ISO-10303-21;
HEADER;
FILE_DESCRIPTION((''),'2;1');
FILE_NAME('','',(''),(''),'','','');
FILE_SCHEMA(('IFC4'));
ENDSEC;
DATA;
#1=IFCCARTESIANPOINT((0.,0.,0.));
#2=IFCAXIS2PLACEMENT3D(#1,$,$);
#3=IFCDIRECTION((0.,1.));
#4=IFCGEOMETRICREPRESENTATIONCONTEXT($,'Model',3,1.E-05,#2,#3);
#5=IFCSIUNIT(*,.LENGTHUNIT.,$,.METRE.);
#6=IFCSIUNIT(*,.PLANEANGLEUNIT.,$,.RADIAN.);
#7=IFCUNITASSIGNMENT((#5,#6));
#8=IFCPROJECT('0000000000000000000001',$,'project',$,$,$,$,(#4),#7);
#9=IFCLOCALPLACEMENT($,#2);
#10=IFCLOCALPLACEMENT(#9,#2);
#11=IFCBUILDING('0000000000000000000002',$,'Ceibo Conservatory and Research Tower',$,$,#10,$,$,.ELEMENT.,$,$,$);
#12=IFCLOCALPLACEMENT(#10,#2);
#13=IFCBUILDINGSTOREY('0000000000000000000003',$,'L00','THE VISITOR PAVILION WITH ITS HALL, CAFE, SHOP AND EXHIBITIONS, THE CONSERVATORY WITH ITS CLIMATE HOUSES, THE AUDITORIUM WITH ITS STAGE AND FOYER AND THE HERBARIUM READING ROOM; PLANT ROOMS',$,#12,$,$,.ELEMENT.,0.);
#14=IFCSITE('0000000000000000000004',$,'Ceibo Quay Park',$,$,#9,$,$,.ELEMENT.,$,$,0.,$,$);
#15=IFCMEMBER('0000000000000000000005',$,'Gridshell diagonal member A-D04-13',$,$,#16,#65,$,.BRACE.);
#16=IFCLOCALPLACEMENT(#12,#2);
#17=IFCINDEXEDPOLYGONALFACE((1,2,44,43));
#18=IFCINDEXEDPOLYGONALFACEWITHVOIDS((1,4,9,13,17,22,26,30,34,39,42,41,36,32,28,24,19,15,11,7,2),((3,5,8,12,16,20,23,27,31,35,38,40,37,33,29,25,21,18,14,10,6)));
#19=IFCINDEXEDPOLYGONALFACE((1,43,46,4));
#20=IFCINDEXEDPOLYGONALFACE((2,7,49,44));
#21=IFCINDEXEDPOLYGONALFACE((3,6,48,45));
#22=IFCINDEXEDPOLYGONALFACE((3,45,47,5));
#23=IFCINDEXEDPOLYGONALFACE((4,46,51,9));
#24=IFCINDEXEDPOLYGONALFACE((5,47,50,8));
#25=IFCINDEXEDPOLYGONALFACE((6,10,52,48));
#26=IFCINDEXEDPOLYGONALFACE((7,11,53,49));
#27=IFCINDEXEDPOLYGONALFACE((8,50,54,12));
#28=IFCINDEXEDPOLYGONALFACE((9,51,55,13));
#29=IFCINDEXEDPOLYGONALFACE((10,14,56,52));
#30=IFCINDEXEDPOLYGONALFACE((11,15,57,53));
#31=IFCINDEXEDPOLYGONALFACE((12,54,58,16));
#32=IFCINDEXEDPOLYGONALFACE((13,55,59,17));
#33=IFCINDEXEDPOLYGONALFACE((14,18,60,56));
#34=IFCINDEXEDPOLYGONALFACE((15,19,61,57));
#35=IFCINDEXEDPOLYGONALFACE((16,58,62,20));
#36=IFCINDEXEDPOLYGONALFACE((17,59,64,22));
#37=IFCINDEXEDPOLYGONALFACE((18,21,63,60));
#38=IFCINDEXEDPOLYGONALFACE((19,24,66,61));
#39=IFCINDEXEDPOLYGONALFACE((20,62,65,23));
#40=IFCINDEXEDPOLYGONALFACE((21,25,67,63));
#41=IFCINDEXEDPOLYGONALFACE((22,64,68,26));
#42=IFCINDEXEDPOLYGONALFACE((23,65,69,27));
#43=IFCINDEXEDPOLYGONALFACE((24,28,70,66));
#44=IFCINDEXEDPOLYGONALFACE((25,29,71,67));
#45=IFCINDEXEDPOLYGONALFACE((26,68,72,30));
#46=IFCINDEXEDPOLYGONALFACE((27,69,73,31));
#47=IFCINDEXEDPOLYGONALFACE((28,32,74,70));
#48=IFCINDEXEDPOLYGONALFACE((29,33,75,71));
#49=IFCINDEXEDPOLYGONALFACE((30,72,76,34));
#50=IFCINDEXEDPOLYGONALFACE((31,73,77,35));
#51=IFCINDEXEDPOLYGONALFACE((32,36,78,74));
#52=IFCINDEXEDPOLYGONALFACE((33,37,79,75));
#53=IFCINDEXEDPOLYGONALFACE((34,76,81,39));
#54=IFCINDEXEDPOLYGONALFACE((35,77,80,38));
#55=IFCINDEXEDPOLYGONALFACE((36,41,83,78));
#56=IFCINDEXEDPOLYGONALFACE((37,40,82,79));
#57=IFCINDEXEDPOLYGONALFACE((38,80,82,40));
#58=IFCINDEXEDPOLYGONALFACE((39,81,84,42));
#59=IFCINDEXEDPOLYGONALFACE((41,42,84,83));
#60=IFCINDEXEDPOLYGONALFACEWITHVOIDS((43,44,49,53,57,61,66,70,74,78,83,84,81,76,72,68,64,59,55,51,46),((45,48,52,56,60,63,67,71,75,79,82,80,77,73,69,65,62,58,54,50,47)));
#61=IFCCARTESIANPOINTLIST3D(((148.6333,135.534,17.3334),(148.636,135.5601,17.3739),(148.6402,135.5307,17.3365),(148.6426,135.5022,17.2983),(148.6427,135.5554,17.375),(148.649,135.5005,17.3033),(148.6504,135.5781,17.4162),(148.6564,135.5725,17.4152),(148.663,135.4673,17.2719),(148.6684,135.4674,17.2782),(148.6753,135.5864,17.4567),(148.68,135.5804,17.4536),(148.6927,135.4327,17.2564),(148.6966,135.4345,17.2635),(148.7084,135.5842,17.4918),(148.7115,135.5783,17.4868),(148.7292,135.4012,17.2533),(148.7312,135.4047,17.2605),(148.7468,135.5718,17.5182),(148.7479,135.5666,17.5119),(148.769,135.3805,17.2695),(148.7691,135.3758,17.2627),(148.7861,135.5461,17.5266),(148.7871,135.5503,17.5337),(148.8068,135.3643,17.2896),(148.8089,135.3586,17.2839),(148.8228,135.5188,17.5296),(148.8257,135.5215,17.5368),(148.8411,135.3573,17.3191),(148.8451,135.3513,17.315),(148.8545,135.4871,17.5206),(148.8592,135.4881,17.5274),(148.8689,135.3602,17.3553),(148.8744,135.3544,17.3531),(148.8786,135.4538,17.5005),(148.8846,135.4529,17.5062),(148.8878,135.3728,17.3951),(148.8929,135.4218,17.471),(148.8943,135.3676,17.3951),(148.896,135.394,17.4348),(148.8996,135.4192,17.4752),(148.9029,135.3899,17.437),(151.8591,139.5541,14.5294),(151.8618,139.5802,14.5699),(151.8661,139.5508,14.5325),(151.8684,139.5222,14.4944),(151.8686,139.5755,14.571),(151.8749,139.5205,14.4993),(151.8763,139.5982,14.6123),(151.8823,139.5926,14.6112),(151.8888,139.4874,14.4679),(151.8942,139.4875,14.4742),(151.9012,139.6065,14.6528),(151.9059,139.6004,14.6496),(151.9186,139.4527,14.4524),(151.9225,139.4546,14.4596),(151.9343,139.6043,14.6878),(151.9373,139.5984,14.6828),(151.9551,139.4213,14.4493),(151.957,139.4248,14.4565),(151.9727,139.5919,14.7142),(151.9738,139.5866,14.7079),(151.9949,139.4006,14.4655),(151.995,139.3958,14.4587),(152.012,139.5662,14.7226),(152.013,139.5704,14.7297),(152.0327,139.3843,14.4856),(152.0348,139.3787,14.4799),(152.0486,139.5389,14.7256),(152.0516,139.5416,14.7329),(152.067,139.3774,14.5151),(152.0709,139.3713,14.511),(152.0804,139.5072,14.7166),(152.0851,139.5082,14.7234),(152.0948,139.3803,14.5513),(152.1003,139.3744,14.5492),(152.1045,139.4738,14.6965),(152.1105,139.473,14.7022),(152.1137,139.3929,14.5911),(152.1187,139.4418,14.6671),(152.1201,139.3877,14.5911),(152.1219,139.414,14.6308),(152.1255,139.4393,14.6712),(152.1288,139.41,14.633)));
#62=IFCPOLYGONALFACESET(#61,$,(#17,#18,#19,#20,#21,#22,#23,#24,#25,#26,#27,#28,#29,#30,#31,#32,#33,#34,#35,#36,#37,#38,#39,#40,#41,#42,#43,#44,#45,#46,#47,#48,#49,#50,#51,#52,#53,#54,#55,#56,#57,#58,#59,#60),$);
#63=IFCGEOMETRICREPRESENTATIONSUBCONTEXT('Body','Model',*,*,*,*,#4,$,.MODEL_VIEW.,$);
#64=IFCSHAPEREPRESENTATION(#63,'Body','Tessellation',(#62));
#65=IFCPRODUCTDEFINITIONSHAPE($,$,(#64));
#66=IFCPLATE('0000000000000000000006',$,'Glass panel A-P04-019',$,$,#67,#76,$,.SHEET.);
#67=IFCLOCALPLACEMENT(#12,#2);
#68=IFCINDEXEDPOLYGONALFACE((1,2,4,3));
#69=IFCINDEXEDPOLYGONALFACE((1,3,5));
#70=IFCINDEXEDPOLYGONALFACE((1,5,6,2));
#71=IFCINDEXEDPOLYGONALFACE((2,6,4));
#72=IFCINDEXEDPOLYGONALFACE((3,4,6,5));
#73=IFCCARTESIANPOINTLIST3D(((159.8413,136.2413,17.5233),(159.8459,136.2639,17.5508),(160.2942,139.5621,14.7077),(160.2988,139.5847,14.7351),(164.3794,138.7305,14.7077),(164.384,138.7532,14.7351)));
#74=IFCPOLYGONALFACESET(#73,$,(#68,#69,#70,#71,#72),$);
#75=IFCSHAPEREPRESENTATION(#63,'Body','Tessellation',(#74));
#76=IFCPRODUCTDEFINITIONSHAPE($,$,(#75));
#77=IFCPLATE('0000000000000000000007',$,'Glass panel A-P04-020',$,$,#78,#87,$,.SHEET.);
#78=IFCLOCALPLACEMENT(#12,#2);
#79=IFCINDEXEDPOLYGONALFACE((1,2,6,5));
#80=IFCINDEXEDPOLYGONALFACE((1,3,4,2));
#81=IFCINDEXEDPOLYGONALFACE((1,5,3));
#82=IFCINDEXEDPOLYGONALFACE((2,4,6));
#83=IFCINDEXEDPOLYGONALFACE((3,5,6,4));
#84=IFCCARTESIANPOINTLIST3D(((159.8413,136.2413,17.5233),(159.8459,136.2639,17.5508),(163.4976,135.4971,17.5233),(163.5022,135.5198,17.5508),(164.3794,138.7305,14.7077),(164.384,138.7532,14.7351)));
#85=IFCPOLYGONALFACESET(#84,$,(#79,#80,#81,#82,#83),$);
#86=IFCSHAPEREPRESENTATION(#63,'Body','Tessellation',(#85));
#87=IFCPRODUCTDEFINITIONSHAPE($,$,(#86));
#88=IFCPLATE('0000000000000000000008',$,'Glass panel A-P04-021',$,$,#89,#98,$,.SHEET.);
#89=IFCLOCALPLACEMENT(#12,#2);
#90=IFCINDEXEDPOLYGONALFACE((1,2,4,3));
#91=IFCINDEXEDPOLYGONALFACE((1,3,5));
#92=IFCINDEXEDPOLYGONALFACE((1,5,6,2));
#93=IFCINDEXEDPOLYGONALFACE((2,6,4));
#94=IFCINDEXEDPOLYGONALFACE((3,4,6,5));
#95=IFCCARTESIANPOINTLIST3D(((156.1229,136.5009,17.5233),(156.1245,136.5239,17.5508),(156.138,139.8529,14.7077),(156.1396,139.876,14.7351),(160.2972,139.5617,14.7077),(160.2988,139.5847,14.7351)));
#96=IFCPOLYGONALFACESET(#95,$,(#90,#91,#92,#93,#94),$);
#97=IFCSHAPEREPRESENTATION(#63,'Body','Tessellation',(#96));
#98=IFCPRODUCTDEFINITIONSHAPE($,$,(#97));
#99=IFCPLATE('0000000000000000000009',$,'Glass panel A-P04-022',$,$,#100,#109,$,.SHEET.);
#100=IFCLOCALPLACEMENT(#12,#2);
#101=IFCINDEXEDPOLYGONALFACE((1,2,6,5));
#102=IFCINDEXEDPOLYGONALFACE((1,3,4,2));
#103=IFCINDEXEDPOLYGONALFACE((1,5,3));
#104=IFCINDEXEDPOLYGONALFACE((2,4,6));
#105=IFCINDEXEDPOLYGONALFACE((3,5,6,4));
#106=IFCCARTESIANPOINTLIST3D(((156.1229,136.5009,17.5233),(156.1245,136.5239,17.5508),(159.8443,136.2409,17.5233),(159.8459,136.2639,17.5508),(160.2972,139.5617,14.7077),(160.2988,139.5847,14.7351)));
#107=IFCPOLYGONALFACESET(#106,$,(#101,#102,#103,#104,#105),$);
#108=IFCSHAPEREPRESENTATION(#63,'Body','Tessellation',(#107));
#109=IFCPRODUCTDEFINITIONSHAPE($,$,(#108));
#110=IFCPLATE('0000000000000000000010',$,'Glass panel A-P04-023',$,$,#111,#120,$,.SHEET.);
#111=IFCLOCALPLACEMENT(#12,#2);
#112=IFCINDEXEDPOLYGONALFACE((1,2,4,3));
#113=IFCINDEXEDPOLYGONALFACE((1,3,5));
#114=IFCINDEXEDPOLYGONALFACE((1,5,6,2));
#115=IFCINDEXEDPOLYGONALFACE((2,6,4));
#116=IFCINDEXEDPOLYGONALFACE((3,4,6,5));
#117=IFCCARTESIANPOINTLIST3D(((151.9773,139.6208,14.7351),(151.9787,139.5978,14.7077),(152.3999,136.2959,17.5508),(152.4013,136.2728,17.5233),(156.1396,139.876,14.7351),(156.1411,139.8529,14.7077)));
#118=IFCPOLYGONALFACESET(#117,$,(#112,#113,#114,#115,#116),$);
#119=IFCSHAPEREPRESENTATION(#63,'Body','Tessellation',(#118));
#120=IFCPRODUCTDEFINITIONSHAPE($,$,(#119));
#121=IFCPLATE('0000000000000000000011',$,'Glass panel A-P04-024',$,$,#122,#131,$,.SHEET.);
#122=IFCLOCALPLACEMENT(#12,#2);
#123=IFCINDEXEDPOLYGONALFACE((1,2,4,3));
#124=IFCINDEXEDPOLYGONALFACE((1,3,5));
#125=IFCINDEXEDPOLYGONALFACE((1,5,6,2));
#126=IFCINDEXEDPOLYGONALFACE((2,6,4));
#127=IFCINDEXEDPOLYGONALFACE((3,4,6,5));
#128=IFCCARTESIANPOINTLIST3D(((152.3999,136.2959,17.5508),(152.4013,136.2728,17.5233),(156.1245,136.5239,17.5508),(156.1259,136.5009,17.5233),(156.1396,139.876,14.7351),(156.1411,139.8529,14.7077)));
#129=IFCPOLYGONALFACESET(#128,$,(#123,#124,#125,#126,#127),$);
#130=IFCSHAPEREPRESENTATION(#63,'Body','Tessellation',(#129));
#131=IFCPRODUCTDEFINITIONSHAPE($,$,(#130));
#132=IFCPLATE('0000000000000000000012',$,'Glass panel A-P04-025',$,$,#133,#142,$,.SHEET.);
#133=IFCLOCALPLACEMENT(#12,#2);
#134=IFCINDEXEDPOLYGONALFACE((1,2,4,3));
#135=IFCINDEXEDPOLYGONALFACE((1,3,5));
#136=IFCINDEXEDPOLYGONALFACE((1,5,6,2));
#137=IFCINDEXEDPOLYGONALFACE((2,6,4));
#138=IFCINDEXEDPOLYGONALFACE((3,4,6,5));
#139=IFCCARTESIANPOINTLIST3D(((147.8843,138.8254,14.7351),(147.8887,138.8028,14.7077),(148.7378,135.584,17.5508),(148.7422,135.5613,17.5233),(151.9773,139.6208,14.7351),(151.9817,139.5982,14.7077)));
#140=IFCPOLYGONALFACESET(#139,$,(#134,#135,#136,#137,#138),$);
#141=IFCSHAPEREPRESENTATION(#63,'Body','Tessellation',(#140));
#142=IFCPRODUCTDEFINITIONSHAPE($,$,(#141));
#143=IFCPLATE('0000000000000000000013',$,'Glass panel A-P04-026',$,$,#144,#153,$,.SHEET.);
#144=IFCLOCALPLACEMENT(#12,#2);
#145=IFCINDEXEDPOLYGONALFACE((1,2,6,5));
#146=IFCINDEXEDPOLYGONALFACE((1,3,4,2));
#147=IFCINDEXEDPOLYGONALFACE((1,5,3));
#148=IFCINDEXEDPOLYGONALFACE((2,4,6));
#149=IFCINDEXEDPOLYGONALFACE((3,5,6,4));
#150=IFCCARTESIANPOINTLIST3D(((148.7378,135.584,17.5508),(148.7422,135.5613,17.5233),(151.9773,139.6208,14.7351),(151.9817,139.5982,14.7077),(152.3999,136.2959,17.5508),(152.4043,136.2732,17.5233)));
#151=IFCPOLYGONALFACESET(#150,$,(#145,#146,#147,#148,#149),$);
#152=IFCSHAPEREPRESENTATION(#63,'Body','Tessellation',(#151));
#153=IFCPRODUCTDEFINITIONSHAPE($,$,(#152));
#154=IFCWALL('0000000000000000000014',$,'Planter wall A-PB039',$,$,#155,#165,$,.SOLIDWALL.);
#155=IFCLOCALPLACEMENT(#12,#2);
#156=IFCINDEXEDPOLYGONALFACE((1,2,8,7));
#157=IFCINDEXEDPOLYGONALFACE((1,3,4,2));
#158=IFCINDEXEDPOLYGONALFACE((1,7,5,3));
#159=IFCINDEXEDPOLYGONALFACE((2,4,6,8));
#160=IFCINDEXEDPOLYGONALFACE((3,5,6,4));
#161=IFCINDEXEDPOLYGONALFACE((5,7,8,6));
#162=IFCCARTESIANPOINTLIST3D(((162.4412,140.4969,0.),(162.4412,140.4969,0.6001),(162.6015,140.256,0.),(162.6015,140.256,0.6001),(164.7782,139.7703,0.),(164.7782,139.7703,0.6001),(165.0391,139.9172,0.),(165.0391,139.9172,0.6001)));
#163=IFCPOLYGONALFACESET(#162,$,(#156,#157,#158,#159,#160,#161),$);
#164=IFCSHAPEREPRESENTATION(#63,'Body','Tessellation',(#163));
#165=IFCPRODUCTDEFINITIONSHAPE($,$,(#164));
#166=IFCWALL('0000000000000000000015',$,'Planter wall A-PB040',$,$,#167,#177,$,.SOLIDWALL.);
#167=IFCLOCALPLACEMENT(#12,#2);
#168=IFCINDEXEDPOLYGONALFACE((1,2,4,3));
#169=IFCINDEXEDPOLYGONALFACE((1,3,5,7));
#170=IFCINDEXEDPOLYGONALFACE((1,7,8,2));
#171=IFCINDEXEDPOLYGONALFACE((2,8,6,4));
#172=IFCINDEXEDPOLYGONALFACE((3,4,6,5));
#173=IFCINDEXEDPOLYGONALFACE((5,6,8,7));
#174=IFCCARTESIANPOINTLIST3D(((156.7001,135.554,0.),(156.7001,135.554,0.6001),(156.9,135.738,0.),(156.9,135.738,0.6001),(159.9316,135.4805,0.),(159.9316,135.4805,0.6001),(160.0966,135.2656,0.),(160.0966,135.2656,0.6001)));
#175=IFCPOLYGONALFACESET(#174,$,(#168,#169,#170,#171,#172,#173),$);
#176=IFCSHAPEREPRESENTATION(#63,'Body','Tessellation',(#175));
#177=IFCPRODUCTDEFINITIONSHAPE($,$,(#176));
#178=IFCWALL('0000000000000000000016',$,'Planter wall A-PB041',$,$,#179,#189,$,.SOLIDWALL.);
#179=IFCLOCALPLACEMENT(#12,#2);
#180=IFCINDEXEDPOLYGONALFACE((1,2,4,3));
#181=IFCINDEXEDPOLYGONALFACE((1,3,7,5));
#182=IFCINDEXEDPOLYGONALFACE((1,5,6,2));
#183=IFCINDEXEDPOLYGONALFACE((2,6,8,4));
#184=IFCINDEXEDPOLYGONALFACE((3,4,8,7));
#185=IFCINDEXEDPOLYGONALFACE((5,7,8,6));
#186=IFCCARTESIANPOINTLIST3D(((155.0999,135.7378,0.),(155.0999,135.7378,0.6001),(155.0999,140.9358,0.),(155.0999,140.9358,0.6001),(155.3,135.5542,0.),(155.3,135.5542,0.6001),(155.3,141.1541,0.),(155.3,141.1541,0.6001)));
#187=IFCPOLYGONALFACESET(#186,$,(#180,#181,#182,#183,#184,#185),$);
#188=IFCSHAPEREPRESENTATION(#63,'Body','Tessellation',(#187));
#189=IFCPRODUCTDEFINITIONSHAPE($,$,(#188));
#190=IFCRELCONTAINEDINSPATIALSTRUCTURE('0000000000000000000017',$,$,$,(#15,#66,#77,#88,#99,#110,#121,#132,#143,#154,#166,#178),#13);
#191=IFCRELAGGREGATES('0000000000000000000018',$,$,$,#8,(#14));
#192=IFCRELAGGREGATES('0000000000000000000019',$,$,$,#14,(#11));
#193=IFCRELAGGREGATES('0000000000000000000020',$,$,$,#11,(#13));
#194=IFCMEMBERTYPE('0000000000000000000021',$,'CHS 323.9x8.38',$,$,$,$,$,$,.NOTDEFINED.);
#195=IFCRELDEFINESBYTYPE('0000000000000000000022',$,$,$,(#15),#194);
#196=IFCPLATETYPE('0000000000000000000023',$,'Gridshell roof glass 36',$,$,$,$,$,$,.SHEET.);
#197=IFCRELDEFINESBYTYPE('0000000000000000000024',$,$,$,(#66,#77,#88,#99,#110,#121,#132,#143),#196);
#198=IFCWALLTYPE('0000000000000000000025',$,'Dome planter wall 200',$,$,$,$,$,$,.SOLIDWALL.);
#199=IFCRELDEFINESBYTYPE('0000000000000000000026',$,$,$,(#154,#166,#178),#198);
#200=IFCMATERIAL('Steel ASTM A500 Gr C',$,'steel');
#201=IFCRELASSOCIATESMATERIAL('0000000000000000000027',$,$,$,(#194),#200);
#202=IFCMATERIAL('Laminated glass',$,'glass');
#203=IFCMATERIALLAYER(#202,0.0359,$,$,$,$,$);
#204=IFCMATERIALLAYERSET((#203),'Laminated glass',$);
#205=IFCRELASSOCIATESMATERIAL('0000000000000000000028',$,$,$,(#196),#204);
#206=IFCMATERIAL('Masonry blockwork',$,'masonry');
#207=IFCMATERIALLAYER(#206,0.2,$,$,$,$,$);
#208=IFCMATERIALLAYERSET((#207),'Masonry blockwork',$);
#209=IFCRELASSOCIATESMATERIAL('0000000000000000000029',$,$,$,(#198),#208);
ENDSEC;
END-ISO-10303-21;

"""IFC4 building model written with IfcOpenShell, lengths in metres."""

from ifc_helpers import new_model, si_unit, direction, frame, origin, origin_2d, place, context, subcontext, project, spatial, polyline, hollow_circle, outline, extrude, material, layer, layer_set, material_profile, profile_set, type_object, element, save


model = new_model("IFC4")

# Units and contexts
model_context = context("Model", 3, precision=1e-05, world=origin(), true_north=direction((0.0, 1.0)))
body_context = subcontext(model_context, "Body", "Model", "MODEL_VIEW")
ifc_project = project(units=[si_unit("LENGTHUNIT", "METRE"), si_unit("PLANEANGLEUNIT", "RADIAN")], contexts=[model_context])

# Site, building, storey
site_placement = place(None, origin())
site = spatial("IfcSite", under=ifc_project, at=site_placement, Name="Ceibo Quay Park", CompositionType="ELEMENT", RefElevation=0.0)
building_placement = place(site_placement, origin())
building = spatial("IfcBuilding", under=site, at=building_placement, Name="Ceibo Conservatory and Research Tower", CompositionType="ELEMENT")
storey_placement = place(building_placement, origin())
storey = spatial("IfcBuildingStorey", under=building, at=storey_placement, Name="L00", Description="THE VISITOR PAVILION WITH ITS HALL, CAFE, SHOP AND EXHIBITIONS, THE CONSERVATORY WITH ITS CLIMATE HOUSES, THE AUDITORIUM WITH ITS STAGE AND FOYER AND THE HERBARIUM READING ROOM; PLANT ROOMS", CompositionType="ELEMENT", Elevation=0.0)

# Member
ifc_material_1 = material(Name="Steel ASTM A500 Gr C", Category="steel")
ifc_material_profile_1 = material_profile(ifc_material_1, hollow_circle(Radius=0.1619, WallThickness=0.0083, at=origin_2d()), Name="CHS 323.9x8.38")
ifc_profile_set_1 = profile_set([ifc_material_profile_1], Name="Steel ASTM A500 Gr C")
member_type_1 = type_object("IfcMemberType", Name="CHS 323.9x8.38", PredefinedType="NOTDEFINED", material=ifc_profile_set_1)
member_1_placement = place(storey_placement, frame((151.9939, 139.489, 14.5911), z_axis=(-0.54977, -0.685122, 0.477871), x_axis=(0.779939, -0.625855, 0.0)))
element("IfcMember", 1, at=member_1_placement, inside=storey, type_object=member_type_1, Name="Gridshell diagonal member A-D04-13", PredefinedType="BRACE", context=body_context, shape_type="SweptSolid", body=[
    extrude(hollow_circle(Radius=0.1619, WallThickness=0.0083, at=origin_2d()), origin(), (0.0, 0.0, 1.0), 5.8677),
])

# Plates
ifc_material_2 = material(Name="Laminated glass", Category="glass")
ifc_layer_1 = layer(ifc_material_2, 0.0359)
ifc_layer_set_1 = layer_set([ifc_layer_1], Name="Laminated glass")
plate_type = type_object("IfcPlateType", Name="Gridshell roof glass 36", PredefinedType="SHEET", material=ifc_layer_set_1)
plate_1_placement = place(storey_placement, frame((164.384, 138.7532, 14.7351), z_axis=(0.128461, 0.631105, 0.764986), x_axis=(-0.979906, 0.19946, 0.0)))
element("IfcPlate", 2, at=plate_1_placement, inside=storey, type_object=plate_type, Name="Glass panel A-P04-019", PredefinedType="SHEET", context=body_context, shape_type="SweptSolid", body=[
    extrude(outline(polyline([(0.0, 0.0), (4.169, 0.0), (3.9504, 4.3718), (0.0, 0.0)])), origin(), (0.0, 0.0, -1.0), 0.0359),
])
plate_2_placement = place(storey_placement, frame((164.384, 138.7532, 14.7351), z_axis=(0.128449, 0.631118, 0.764978), x_axis=(-0.770178, -0.422463, 0.47786)))
element("IfcPlate", 3, at=plate_2_placement, inside=storey, type_object=plate_type, Name="Glass panel A-P04-020", PredefinedType="SHEET", context=body_context, shape_type="SweptSolid", body=[
    extrude(outline(polyline([(0.0, 0.0), (5.8923, 0.0), (3.3907, 2.7684), (0.0, 0.0)])), origin(), (0.0, 0.0, -1.0), 0.0359),
])
plate_3_placement = place(storey_placement, frame((160.2988, 139.5847, 14.7351), z_axis=(0.044987, 0.642415, 0.765035), x_axis=(-0.997557, 0.069857, 0.0)))
element("IfcPlate", 4, at=plate_3_placement, inside=storey, type_object=plate_type, Name="Glass panel A-P04-021", PredefinedType="SHEET", context=body_context, shape_type="SweptSolid", body=[
    extrude(outline(polyline([(0.0, 0.0), (4.1694, 0.0), (3.9503, 4.3722), (0.0, 0.0)])), origin(), (0.0, 0.0, -1.0), 0.0359),
])
plate_4_placement = place(storey_placement, frame((160.2988, 139.5847, 14.7351), z_axis=(0.04489, 0.642493, 0.764975), x_axis=(-0.708414, -0.51944, 0.477842)))
element("IfcPlate", 5, at=plate_4_placement, inside=storey, type_object=plate_type, Name="Glass panel A-P04-022", PredefinedType="SHEET", context=body_context, shape_type="SweptSolid", body=[
    extrude(outline(polyline([(0.0, 0.0), (5.8925, 0.0), (3.3912, 2.7677), (0.0, 0.0)])), origin(), (0.0, 0.0, -1.0), 0.0359),
])
plate_5_placement = place(storey_placement, frame((156.1396, 139.876, 14.7351), z_axis=(-0.039401, 0.642821, 0.765003), x_axis=(-0.998127, -0.061179, 0.0)))
element("IfcPlate", 6, at=plate_5_placement, inside=storey, type_object=plate_type, Name="Glass panel A-P04-023", PredefinedType="SHEET", context=body_context, shape_type="SweptSolid", body=[
    extrude(outline(polyline([(0.0, 0.0), (4.1702, 0.0), (3.9518, 4.372), (0.0, 0.0)])), origin(), (0.0, 0.0, -1.0), 0.0359),
])
plate_6_placement = place(storey_placement, frame((156.1396, 139.876, 14.7351), z_axis=(-0.039353, 0.642792, 0.76503), x_axis=(-0.634579, -0.607485, 0.477778)))
element("IfcPlate", 7, at=plate_6_placement, inside=storey, type_object=plate_type, Name="Glass panel A-P04-024", PredefinedType="SHEET", context=body_context, shape_type="SweptSolid", body=[
    extrude(outline(polyline([(0.0, 0.0), (5.8933, 0.0), (3.3912, 2.7684), (0.0, 0.0)])), origin(), (0.0, 0.0, -1.0), 0.0359),
])
plate_7_placement = place(storey_placement, frame((151.9773, 139.6208, 14.7351), z_axis=(-0.122854, 0.632181, 0.765019), x_axis=(-0.981636, -0.190765, 0.0)))
element("IfcPlate", 8, at=plate_7_placement, inside=storey, type_object=plate_type, Name="Glass panel A-P04-025", PredefinedType="SHEET", context=body_context, shape_type="SweptSolid", body=[
    extrude(outline(polyline([(0.0, 0.0), (4.1696, 0.0), (3.9501, 4.3721), (0.0, 0.0)])), origin(), (0.0, 0.0, -1.0), 0.0359),
])
plate_8_placement = place(storey_placement, frame((151.9773, 139.6208, 14.7351), z_axis=(-0.1229, 0.632201, 0.764995), x_axis=(-0.54979, -0.685114, 0.47786)))
element("IfcPlate", 9, at=plate_8_placement, inside=storey, type_object=plate_type, Name="Glass panel A-P04-026", PredefinedType="SHEET", context=body_context, shape_type="SweptSolid", body=[
    extrude(outline(polyline([(0.0, 0.0), (5.8923, 0.0), (3.3911, 2.7681), (0.0, 0.0)])), origin(), (0.0, 0.0, -1.0), 0.0359),
])

# Walls
ifc_material_3 = material(Name="Masonry blockwork", Category="masonry")
ifc_layer_2 = layer(ifc_material_3, 0.2)
ifc_layer_set_2 = layer_set([ifc_layer_2], Name="Masonry blockwork")
wall_type = type_object("IfcWallType", Name="Dome planter wall 200", PredefinedType="SOLIDWALL", material=ifc_layer_set_2)
wall_1_placement = place(storey_placement, frame((164.9087, 139.8438, 0.0), z_axis=(0.0, 0.0, 1.0), x_axis=(-0.975999, 0.217776, 0.0)))
element("IfcWall", 10, at=wall_1_placement, inside=storey, type_object=wall_type, Name="Planter wall A-PB039", PredefinedType="SOLIDWALL", context=body_context, shape_type="SweptSolid", body=[
    extrude(outline(polyline([(-0.1113, -0.1001), (2.5505, -0.1001), (2.3416, 0.1001), (0.1113, 0.1001), (-0.1113, -0.1001)])), origin(), (0.0, 0.0, 1.0), 0.6001),
])
wall_2_placement = place(storey_placement, frame((156.8, 135.646, 0.0), z_axis=(0.0, 0.0, 1.0), x_axis=(0.996414, -0.084618, 0.0)))
element("IfcWall", 11, at=wall_2_placement, inside=storey, type_object=wall_type, Name="Planter wall A-PB040", PredefinedType="SOLIDWALL", context=body_context, shape_type="SweptSolid", body=[
    extrude(outline(polyline([(-0.0918, -0.1001), (3.3169, -0.1001), (3.1343, 0.1001), (0.0918, 0.1001), (-0.0918, -0.1001)])), origin(), (0.0, 0.0, 1.0), 0.6001),
])
wall_3_placement = place(storey_placement, frame((155.2, 135.646, 0.0), z_axis=(0.0, 0.0, 1.0), x_axis=(0.0, 1.0, 0.0)))
element("IfcWall", 12, at=wall_3_placement, inside=storey, type_object=wall_type, Name="Planter wall A-PB041", PredefinedType="SOLIDWALL", context=body_context, shape_type="SweptSolid", body=[
    extrude(outline(polyline([(-0.0918, -0.1001), (5.5081, -0.1001), (5.2898, 0.1001), (0.0918, 0.1001), (-0.0918, -0.1001)])), origin(), (0.0, 0.0, 1.0), 0.6001),
])

save(model, "model.ifc")
